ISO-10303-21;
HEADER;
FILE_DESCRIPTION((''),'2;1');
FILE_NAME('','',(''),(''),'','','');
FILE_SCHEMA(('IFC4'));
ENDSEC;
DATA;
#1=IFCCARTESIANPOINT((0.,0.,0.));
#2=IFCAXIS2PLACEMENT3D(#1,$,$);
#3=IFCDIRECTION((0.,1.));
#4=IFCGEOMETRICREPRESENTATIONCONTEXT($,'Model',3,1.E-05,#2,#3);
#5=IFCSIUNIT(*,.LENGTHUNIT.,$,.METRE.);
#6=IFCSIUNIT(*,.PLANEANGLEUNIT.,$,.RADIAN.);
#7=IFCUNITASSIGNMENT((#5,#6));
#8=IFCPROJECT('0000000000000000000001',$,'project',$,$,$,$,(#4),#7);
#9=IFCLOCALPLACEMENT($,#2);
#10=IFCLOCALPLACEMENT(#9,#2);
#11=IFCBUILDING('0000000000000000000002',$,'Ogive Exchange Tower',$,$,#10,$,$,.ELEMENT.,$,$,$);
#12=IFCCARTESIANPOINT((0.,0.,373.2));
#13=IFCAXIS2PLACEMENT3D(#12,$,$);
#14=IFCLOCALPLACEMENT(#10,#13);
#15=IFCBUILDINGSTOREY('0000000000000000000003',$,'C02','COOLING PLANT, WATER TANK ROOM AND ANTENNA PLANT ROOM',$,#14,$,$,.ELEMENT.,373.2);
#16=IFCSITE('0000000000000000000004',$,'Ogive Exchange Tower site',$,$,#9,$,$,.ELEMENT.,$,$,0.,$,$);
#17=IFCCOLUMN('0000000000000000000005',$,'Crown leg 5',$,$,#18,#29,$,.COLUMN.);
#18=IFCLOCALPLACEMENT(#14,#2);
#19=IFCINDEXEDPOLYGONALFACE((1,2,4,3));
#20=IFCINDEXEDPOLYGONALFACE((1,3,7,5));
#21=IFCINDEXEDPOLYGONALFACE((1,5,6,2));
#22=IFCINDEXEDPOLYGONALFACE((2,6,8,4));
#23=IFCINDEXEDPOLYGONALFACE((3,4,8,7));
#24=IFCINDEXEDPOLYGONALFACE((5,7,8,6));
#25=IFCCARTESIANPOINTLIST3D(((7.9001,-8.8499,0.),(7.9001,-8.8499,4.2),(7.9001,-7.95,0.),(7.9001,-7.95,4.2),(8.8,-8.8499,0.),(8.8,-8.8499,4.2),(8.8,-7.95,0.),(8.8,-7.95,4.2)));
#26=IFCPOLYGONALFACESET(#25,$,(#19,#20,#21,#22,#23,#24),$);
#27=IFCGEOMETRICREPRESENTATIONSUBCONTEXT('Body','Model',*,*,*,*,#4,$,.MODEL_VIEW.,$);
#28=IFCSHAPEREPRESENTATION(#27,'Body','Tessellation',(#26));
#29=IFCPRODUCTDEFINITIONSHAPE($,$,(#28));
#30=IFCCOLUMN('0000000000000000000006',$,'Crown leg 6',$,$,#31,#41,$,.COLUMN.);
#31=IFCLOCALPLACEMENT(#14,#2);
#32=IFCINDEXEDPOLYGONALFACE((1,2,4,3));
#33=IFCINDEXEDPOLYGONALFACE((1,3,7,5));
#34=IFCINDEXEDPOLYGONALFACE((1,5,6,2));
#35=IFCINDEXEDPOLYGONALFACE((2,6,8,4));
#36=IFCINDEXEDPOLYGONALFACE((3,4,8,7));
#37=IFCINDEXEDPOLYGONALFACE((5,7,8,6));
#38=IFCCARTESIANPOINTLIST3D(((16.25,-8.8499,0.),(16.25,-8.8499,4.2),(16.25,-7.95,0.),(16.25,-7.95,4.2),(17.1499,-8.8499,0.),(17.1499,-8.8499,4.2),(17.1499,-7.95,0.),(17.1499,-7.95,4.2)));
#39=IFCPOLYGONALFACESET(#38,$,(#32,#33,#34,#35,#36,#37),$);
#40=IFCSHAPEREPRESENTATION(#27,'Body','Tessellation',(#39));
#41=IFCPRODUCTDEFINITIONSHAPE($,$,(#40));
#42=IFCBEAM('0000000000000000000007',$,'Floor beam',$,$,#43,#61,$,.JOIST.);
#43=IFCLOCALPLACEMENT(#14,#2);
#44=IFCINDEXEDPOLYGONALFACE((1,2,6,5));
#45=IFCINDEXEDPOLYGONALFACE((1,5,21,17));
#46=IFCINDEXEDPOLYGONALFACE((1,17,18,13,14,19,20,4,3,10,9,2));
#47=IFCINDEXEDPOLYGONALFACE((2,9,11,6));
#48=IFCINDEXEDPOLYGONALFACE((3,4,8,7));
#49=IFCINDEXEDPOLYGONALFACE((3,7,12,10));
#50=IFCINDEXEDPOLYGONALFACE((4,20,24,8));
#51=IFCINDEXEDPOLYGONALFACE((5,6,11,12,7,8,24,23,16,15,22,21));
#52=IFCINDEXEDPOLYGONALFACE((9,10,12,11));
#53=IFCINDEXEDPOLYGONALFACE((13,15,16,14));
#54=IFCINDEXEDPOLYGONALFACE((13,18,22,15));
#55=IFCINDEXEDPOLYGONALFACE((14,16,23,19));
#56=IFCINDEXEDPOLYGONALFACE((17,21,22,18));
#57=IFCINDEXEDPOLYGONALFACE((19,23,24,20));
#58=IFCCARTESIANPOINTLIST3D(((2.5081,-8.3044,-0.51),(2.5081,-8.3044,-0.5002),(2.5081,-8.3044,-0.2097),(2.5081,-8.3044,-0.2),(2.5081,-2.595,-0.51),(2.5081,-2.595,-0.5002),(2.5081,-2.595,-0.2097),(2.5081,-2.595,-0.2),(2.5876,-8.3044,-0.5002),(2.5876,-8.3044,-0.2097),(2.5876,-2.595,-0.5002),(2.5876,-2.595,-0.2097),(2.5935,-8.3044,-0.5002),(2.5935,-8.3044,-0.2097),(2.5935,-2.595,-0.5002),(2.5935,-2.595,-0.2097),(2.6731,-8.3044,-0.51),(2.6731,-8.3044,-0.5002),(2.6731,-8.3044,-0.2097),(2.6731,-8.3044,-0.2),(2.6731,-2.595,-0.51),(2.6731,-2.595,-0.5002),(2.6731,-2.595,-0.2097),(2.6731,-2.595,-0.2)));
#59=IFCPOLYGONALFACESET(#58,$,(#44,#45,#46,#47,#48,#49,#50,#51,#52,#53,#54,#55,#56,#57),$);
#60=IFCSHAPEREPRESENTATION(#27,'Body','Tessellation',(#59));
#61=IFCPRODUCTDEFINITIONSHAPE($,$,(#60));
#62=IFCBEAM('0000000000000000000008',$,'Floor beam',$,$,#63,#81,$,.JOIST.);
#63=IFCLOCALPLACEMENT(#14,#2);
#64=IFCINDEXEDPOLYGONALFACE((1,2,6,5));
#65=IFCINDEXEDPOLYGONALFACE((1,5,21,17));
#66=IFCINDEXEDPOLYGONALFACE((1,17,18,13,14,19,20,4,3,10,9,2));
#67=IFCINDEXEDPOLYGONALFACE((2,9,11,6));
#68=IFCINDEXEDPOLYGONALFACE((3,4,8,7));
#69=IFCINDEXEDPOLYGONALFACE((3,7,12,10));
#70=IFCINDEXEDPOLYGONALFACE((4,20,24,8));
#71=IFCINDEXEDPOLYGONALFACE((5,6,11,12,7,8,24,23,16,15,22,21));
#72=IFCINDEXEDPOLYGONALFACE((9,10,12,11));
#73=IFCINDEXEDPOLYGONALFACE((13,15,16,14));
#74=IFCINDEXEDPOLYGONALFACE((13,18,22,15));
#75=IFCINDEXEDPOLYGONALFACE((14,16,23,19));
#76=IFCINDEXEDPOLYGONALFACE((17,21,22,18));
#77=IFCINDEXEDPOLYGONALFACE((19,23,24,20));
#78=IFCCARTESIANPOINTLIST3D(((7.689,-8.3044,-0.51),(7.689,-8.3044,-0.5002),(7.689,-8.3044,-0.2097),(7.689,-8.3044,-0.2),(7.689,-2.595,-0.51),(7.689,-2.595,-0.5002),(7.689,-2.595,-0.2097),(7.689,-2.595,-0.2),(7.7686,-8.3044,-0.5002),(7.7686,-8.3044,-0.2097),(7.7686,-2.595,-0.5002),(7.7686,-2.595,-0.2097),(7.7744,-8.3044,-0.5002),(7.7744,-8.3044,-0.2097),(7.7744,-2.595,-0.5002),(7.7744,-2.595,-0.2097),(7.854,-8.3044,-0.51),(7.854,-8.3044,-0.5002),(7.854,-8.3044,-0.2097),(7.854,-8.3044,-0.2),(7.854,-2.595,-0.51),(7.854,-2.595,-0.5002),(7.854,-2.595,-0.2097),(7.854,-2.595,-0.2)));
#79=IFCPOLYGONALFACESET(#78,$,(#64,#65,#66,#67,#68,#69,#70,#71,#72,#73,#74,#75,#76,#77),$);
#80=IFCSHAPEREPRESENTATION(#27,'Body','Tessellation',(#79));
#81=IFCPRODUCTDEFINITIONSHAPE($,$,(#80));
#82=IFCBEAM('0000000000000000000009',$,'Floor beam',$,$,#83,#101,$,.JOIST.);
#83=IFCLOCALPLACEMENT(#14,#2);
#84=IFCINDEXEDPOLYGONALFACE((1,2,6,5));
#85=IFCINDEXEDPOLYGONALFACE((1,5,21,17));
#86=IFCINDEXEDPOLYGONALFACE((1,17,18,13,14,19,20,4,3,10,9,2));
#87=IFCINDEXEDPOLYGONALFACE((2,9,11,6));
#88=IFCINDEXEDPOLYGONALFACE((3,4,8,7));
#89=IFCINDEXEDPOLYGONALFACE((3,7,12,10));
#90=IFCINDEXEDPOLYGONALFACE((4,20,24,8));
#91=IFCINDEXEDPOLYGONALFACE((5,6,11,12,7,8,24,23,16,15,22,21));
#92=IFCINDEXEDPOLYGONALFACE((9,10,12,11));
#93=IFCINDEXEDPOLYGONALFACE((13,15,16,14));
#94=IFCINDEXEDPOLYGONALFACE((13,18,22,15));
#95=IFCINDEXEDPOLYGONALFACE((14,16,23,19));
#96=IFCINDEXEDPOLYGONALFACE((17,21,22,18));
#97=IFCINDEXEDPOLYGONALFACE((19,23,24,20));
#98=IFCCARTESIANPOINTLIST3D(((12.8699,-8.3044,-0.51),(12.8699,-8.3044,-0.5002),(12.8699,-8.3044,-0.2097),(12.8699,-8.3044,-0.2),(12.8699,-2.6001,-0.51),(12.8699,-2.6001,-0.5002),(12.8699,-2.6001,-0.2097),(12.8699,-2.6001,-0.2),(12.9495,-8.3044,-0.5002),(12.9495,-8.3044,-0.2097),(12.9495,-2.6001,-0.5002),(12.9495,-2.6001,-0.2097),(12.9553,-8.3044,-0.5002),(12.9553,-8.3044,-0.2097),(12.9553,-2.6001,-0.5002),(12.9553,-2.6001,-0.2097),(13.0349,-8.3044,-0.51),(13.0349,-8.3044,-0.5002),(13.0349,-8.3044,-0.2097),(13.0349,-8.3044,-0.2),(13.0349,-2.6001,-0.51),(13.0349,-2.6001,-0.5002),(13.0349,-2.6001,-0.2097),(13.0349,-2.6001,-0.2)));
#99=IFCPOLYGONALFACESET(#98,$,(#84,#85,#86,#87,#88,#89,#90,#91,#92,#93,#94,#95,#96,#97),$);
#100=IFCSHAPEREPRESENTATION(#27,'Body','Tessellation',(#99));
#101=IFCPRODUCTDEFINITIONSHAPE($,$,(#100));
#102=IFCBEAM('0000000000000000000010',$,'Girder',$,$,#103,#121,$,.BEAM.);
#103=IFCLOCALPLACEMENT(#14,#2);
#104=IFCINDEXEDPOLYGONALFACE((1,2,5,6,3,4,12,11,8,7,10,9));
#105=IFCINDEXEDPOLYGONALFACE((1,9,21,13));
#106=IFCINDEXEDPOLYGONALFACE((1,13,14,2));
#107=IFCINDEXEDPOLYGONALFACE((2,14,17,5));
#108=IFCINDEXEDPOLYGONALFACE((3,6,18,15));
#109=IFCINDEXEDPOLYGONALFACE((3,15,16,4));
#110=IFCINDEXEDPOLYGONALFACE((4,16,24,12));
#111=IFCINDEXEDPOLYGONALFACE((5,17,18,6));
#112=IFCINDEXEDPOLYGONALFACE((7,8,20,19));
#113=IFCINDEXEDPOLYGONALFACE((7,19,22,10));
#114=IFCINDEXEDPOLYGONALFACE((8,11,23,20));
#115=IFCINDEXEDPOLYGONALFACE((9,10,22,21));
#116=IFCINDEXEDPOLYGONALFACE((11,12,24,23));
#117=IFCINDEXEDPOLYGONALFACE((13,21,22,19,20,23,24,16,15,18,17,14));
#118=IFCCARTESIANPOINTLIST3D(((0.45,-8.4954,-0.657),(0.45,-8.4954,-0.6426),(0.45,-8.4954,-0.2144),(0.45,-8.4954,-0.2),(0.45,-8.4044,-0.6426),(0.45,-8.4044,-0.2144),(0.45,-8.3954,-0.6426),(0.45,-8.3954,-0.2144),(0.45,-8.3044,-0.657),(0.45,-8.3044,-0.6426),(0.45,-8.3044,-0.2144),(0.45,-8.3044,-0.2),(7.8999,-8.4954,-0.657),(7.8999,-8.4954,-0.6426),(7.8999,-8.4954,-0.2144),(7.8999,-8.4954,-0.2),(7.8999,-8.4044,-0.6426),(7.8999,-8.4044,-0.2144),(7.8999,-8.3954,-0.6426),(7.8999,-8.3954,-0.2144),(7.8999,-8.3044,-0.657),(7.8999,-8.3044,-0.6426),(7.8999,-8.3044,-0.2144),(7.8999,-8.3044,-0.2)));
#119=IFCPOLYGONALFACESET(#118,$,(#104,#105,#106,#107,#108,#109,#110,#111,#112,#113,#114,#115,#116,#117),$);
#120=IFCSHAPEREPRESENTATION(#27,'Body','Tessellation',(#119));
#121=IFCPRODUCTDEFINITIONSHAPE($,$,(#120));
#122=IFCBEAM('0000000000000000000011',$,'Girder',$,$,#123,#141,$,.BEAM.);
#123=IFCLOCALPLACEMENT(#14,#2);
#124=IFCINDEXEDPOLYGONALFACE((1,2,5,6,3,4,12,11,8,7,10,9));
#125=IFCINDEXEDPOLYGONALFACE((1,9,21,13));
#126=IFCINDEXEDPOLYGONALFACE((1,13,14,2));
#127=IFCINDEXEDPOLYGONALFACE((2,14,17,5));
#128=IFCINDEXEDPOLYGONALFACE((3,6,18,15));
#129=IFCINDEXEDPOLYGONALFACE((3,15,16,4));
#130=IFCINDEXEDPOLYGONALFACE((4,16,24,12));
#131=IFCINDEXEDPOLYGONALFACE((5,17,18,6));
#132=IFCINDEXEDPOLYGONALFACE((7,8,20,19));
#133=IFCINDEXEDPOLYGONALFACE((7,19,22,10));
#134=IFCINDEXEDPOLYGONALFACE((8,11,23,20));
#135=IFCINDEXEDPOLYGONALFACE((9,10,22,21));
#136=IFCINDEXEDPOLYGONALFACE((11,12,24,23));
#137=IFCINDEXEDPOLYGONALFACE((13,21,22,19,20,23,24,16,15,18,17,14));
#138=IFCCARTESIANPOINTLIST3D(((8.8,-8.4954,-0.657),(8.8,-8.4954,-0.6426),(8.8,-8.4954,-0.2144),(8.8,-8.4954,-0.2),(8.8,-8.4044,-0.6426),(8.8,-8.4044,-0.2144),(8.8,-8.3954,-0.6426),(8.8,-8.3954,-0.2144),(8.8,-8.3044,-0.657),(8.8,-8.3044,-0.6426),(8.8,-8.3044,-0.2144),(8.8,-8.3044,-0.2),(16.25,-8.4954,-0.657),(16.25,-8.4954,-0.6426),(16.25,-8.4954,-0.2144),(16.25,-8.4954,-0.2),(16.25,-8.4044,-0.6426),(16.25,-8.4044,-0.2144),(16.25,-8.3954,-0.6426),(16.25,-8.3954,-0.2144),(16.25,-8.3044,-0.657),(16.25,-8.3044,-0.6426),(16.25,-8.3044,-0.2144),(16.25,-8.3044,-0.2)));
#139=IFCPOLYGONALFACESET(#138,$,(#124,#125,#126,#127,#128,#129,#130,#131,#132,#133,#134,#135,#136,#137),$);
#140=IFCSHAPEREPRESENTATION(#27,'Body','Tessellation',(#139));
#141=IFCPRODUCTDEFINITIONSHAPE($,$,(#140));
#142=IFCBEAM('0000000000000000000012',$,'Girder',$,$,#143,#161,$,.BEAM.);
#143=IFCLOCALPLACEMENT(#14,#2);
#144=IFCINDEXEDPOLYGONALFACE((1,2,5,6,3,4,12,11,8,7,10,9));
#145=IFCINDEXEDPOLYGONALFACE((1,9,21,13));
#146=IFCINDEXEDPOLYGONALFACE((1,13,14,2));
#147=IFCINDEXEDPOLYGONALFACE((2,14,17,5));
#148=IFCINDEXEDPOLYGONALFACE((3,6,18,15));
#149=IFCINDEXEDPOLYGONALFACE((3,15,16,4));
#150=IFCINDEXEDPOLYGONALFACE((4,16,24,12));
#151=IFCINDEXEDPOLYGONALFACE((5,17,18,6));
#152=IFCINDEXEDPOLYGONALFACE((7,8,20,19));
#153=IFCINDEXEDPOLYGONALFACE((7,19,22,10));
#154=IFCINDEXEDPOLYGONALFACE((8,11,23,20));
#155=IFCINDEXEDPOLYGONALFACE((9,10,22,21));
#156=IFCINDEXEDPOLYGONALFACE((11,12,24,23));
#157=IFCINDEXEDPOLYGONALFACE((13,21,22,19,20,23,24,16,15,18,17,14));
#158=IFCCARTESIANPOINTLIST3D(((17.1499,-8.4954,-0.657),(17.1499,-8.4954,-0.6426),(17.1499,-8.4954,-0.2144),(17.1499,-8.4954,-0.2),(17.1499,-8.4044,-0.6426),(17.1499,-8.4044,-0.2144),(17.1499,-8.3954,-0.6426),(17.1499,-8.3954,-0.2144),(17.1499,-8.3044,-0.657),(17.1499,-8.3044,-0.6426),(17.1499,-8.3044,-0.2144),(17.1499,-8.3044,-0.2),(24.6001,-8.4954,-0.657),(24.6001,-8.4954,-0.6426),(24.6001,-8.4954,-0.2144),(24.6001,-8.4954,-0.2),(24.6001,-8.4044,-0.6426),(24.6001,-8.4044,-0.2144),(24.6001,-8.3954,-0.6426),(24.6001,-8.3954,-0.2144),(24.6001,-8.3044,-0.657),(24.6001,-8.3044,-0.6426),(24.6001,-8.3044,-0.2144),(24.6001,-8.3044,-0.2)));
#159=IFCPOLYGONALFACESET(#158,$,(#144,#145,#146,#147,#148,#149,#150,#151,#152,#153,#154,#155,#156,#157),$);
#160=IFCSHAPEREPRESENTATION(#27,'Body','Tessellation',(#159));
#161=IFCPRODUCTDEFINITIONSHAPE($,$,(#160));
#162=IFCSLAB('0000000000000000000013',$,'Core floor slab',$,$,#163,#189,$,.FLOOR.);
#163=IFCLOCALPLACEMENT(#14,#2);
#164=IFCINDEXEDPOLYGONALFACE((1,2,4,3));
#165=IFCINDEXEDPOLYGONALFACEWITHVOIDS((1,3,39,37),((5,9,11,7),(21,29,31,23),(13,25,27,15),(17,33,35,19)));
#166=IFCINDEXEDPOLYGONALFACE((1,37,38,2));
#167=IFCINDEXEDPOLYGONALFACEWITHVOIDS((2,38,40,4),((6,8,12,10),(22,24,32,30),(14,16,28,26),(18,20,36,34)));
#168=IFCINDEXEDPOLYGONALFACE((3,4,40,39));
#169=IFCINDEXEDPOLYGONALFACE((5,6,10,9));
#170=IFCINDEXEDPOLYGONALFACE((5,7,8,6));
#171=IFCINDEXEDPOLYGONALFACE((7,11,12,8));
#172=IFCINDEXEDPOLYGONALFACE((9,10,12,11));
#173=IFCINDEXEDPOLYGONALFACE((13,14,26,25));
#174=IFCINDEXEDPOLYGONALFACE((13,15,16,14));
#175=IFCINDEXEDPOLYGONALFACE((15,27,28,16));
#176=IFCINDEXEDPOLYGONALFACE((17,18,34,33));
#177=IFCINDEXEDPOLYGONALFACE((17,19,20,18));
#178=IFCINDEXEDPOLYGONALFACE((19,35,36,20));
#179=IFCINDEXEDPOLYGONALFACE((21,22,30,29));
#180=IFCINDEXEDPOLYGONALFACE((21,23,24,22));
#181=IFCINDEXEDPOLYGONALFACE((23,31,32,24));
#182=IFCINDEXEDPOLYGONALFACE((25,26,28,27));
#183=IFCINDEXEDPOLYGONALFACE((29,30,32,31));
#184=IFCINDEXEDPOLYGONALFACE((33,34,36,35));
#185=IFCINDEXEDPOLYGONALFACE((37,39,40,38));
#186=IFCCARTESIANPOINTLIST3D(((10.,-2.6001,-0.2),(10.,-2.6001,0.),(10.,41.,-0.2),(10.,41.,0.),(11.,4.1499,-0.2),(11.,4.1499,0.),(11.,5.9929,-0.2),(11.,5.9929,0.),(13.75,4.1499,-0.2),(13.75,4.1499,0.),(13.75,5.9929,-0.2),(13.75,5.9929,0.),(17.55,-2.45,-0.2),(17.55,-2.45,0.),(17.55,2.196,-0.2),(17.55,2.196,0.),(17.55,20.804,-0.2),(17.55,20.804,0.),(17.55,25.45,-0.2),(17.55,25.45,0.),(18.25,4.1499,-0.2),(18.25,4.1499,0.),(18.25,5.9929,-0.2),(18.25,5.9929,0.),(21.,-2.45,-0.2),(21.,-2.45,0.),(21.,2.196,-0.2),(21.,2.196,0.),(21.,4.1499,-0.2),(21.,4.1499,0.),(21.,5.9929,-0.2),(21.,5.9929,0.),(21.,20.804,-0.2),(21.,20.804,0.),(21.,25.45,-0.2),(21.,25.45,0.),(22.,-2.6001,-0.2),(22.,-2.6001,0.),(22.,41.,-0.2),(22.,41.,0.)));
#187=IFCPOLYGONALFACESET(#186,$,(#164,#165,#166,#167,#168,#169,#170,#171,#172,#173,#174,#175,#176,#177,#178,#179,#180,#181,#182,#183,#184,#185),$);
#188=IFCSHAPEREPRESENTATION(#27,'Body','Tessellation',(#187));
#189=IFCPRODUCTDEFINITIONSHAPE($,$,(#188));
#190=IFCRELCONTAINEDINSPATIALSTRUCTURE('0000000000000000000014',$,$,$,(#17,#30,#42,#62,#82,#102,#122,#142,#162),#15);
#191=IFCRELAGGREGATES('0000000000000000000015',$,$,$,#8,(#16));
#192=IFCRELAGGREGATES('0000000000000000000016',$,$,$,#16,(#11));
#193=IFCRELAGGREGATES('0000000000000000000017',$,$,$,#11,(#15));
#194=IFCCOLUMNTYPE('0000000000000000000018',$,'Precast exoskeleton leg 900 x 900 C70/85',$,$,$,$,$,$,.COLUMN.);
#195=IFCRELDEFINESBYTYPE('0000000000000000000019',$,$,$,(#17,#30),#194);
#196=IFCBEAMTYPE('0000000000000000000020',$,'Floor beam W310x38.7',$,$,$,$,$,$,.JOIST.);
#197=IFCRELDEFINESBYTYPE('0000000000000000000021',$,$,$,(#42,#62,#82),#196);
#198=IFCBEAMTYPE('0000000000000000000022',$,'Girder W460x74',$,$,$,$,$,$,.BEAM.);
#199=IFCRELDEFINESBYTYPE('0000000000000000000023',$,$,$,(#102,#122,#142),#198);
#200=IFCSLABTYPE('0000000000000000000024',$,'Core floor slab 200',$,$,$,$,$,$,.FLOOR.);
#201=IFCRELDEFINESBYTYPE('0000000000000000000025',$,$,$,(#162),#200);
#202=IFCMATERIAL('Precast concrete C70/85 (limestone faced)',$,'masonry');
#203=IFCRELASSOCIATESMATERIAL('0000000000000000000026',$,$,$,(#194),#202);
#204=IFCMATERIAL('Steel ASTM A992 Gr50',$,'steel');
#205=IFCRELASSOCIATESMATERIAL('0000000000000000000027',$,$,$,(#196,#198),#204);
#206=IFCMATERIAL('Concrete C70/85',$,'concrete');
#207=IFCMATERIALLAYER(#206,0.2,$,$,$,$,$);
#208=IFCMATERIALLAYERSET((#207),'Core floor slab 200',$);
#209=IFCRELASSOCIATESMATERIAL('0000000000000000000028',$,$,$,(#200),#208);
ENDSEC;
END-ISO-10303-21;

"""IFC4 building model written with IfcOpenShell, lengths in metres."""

from ifc_helpers import new_model, si_unit, direction, frame, origin, origin_2d, place, context, subcontext, project, spatial, polyline, rectangle, i_section, outline, extrude, material, layer, layer_set, material_profile, profile_set, type_object, element, save


model = new_model("IFC4")

# Units and contexts
model_context = context("Model", 3, precision=1e-05, world=origin(), true_north=direction((0.0, 1.0)))
body_context = subcontext(model_context, "Body", "Model", "MODEL_VIEW")
ifc_project = project(units=[si_unit("LENGTHUNIT", "METRE"), si_unit("PLANEANGLEUNIT", "RADIAN")], contexts=[model_context])

# Site, building, storey
site_placement = place(None, origin())
site = spatial("IfcSite", under=ifc_project, at=site_placement, Name="Ogive Exchange Tower site", CompositionType="ELEMENT", RefElevation=0.0)
building_placement = place(site_placement, origin())
building = spatial("IfcBuilding", under=site, at=building_placement, Name="Ogive Exchange Tower", CompositionType="ELEMENT")
storey_placement = place(building_placement, frame((0.0, 0.0, 373.2)))
storey = spatial("IfcBuildingStorey", under=building, at=storey_placement, Name="C02", Description="COOLING PLANT, WATER TANK ROOM AND ANTENNA PLANT ROOM", CompositionType="ELEMENT", Elevation=373.2)

# Columns
ifc_material_1 = material(Name="Precast concrete C70/85 (limestone faced)", Category="masonry")
ifc_material_profile_1 = material_profile(ifc_material_1, rectangle(XDim=0.8999, YDim=0.8999, at=origin_2d()), Name="900 x 900")
ifc_profile_set_1 = profile_set([ifc_material_profile_1], Name="Precast concrete C70/85 (limestone faced)")
column_type = type_object("IfcColumnType", Name="Precast exoskeleton leg 900 x 900 C70/85", PredefinedType="COLUMN", material=ifc_profile_set_1)
for number, where, z_axis, x_axis, name in (
    (1, (8.3501, -8.3999, 0.0), (0.0, 0.0, 1.0), (1.0, 0.0, 0.0), "Crown leg 5"),
    (2, (16.7, -8.3999, 0.0), (0.0, 0.0, 1.0), (1.0, 0.0, 0.0), "Crown leg 6"),
):
    element("IfcColumn", number, at=place(storey_placement, frame(where, z_axis=z_axis, x_axis=x_axis)), inside=storey, type_object=column_type, Name=name, PredefinedType="COLUMN", context=body_context, shape_type="SweptSolid", body=[
        extrude(rectangle(XDim=0.8999, YDim=0.8999, at=origin_2d()), origin(), (0.0, 0.0, 1.0), 4.2),
    ])

# Beams
ifc_material_2 = material(Name="Steel ASTM A992 Gr50", Category="steel")
ifc_material_profile_2 = material_profile(ifc_material_2, i_section(OverallWidth=0.165, OverallDepth=0.3101, WebThickness=0.0059, FlangeThickness=0.0098, at=origin_2d()), Name="W310x38.7")
ifc_profile_set_2 = profile_set([ifc_material_profile_2], Name="Steel ASTM A992 Gr50")
beam_type_1 = type_object("IfcBeamType", Name="Floor beam W310x38.7", PredefinedType="JOIST", material=ifc_profile_set_2)
for number, where, z_axis, x_axis, name in (
    (3, (2.5906, -8.3044, -0.355), (0.0, 1.0, 0.0), (-1.0, 0.0, 0.0), "Floor beam"),
    (4, (7.7715, -8.3044, -0.355), (0.0, 1.0, 0.0), (-1.0, 0.0, 0.0), "Floor beam"),
):
    element("IfcBeam", number, at=place(storey_placement, frame(where, z_axis=z_axis, x_axis=x_axis)), inside=storey, type_object=beam_type_1, Name=name, PredefinedType="JOIST", context=body_context, shape_type="SweptSolid", body=[
        extrude(i_section(OverallWidth=0.165, OverallDepth=0.3101, WebThickness=0.0059, FlangeThickness=0.0098, at=origin_2d()), origin(), (0.0, 0.0, 1.0), 5.7095),
    ])
beam_1_placement = place(storey_placement, frame((12.9524, -8.3044, -0.355), z_axis=(0.0, 1.0, 0.0), x_axis=(-1.0, 0.0, 0.0)))
element("IfcBeam", 5, at=beam_1_placement, inside=storey, type_object=beam_type_1, Name="Floor beam", PredefinedType="JOIST", context=body_context, shape_type="SweptSolid", body=[
    extrude(i_section(OverallWidth=0.165, OverallDepth=0.3101, WebThickness=0.0059, FlangeThickness=0.0098, at=origin_2d()), origin(), (0.0, 0.0, 1.0), 5.7043),
])
ifc_material_profile_3 = material_profile(ifc_material_2, i_section(OverallWidth=0.1909, OverallDepth=0.457, WebThickness=0.009, FlangeThickness=0.0144, at=origin_2d()), Name="W460x74")
ifc_profile_set_3 = profile_set([ifc_material_profile_3], Name="Steel ASTM A992 Gr50")
beam_type_2 = type_object("IfcBeamType", Name="Girder W460x74", PredefinedType="BEAM", material=ifc_profile_set_3)
for number, where, z_axis, x_axis, name in (
    (6, (0.45, -8.3999, -0.4285), (1.0, 0.0, 0.0), (0.0, 1.0, 0.0), "Girder"),
    (7, (8.8, -8.3999, -0.4285), (1.0, 0.0, 0.0), (0.0, 1.0, 0.0), "Girder"),
):
    element("IfcBeam", number, at=place(storey_placement, frame(where, z_axis=z_axis, x_axis=x_axis)), inside=storey, type_object=beam_type_2, Name=name, PredefinedType="BEAM", context=body_context, shape_type="SweptSolid", body=[
        extrude(i_section(OverallWidth=0.1909, OverallDepth=0.457, WebThickness=0.009, FlangeThickness=0.0144, at=origin_2d()), origin(), (0.0, 0.0, 1.0), 7.45),
    ])
beam_2_placement = place(storey_placement, frame((17.1499, -8.3999, -0.4285), z_axis=(1.0, 0.0, 0.0), x_axis=(0.0, 1.0, 0.0)))
element("IfcBeam", 8, at=beam_2_placement, inside=storey, type_object=beam_type_2, Name="Girder", PredefinedType="BEAM", context=body_context, shape_type="SweptSolid", body=[
    extrude(i_section(OverallWidth=0.1909, OverallDepth=0.457, WebThickness=0.009, FlangeThickness=0.0144, at=origin_2d()), origin(), (0.0, 0.0, 1.0), 7.4502),
])

# Slab
ifc_material_3 = material(Name="Concrete C70/85", Category="concrete")
ifc_layer_1 = layer(ifc_material_3, 0.2)
ifc_layer_set_1 = layer_set([ifc_layer_1], Name="Core floor slab 200")
slab_type_1 = type_object("IfcSlabType", Name="Core floor slab 200", PredefinedType="FLOOR", material=ifc_layer_set_1)
slab_1_placement = place(storey_placement, frame((0.0, 0.0, -0.2)))
element("IfcSlab", 9, at=slab_1_placement, inside=storey, type_object=slab_type_1, Name="Core floor slab", PredefinedType="FLOOR", context=body_context, shape_type="SweptSolid", body=[
    extrude(outline(polyline([(10.0, 41.0), (22.0, 41.0), (22.0, -2.6001), (10.0, -2.6001), (10.0, 41.0)]), holes=[polyline([(21.0, 2.196), (17.55, 2.196), (17.55, -2.45), (21.0, -2.45), (21.0, 2.196)]), polyline([(11.0, 5.9929), (11.0, 4.1499), (13.75, 4.1499), (13.75, 5.9929), (11.0, 5.9929)]), polyline([(18.25, 5.9929), (18.25, 4.1499), (21.0, 4.1499), (21.0, 5.9929), (18.25, 5.9929)]), polyline([(17.55, 20.804), (21.0, 20.804), (21.0, 25.45), (17.55, 25.45), (17.55, 20.804)])]), origin(), (0.0, 0.0, 1.0), 0.2),
])

save(model, "model.ifc")
